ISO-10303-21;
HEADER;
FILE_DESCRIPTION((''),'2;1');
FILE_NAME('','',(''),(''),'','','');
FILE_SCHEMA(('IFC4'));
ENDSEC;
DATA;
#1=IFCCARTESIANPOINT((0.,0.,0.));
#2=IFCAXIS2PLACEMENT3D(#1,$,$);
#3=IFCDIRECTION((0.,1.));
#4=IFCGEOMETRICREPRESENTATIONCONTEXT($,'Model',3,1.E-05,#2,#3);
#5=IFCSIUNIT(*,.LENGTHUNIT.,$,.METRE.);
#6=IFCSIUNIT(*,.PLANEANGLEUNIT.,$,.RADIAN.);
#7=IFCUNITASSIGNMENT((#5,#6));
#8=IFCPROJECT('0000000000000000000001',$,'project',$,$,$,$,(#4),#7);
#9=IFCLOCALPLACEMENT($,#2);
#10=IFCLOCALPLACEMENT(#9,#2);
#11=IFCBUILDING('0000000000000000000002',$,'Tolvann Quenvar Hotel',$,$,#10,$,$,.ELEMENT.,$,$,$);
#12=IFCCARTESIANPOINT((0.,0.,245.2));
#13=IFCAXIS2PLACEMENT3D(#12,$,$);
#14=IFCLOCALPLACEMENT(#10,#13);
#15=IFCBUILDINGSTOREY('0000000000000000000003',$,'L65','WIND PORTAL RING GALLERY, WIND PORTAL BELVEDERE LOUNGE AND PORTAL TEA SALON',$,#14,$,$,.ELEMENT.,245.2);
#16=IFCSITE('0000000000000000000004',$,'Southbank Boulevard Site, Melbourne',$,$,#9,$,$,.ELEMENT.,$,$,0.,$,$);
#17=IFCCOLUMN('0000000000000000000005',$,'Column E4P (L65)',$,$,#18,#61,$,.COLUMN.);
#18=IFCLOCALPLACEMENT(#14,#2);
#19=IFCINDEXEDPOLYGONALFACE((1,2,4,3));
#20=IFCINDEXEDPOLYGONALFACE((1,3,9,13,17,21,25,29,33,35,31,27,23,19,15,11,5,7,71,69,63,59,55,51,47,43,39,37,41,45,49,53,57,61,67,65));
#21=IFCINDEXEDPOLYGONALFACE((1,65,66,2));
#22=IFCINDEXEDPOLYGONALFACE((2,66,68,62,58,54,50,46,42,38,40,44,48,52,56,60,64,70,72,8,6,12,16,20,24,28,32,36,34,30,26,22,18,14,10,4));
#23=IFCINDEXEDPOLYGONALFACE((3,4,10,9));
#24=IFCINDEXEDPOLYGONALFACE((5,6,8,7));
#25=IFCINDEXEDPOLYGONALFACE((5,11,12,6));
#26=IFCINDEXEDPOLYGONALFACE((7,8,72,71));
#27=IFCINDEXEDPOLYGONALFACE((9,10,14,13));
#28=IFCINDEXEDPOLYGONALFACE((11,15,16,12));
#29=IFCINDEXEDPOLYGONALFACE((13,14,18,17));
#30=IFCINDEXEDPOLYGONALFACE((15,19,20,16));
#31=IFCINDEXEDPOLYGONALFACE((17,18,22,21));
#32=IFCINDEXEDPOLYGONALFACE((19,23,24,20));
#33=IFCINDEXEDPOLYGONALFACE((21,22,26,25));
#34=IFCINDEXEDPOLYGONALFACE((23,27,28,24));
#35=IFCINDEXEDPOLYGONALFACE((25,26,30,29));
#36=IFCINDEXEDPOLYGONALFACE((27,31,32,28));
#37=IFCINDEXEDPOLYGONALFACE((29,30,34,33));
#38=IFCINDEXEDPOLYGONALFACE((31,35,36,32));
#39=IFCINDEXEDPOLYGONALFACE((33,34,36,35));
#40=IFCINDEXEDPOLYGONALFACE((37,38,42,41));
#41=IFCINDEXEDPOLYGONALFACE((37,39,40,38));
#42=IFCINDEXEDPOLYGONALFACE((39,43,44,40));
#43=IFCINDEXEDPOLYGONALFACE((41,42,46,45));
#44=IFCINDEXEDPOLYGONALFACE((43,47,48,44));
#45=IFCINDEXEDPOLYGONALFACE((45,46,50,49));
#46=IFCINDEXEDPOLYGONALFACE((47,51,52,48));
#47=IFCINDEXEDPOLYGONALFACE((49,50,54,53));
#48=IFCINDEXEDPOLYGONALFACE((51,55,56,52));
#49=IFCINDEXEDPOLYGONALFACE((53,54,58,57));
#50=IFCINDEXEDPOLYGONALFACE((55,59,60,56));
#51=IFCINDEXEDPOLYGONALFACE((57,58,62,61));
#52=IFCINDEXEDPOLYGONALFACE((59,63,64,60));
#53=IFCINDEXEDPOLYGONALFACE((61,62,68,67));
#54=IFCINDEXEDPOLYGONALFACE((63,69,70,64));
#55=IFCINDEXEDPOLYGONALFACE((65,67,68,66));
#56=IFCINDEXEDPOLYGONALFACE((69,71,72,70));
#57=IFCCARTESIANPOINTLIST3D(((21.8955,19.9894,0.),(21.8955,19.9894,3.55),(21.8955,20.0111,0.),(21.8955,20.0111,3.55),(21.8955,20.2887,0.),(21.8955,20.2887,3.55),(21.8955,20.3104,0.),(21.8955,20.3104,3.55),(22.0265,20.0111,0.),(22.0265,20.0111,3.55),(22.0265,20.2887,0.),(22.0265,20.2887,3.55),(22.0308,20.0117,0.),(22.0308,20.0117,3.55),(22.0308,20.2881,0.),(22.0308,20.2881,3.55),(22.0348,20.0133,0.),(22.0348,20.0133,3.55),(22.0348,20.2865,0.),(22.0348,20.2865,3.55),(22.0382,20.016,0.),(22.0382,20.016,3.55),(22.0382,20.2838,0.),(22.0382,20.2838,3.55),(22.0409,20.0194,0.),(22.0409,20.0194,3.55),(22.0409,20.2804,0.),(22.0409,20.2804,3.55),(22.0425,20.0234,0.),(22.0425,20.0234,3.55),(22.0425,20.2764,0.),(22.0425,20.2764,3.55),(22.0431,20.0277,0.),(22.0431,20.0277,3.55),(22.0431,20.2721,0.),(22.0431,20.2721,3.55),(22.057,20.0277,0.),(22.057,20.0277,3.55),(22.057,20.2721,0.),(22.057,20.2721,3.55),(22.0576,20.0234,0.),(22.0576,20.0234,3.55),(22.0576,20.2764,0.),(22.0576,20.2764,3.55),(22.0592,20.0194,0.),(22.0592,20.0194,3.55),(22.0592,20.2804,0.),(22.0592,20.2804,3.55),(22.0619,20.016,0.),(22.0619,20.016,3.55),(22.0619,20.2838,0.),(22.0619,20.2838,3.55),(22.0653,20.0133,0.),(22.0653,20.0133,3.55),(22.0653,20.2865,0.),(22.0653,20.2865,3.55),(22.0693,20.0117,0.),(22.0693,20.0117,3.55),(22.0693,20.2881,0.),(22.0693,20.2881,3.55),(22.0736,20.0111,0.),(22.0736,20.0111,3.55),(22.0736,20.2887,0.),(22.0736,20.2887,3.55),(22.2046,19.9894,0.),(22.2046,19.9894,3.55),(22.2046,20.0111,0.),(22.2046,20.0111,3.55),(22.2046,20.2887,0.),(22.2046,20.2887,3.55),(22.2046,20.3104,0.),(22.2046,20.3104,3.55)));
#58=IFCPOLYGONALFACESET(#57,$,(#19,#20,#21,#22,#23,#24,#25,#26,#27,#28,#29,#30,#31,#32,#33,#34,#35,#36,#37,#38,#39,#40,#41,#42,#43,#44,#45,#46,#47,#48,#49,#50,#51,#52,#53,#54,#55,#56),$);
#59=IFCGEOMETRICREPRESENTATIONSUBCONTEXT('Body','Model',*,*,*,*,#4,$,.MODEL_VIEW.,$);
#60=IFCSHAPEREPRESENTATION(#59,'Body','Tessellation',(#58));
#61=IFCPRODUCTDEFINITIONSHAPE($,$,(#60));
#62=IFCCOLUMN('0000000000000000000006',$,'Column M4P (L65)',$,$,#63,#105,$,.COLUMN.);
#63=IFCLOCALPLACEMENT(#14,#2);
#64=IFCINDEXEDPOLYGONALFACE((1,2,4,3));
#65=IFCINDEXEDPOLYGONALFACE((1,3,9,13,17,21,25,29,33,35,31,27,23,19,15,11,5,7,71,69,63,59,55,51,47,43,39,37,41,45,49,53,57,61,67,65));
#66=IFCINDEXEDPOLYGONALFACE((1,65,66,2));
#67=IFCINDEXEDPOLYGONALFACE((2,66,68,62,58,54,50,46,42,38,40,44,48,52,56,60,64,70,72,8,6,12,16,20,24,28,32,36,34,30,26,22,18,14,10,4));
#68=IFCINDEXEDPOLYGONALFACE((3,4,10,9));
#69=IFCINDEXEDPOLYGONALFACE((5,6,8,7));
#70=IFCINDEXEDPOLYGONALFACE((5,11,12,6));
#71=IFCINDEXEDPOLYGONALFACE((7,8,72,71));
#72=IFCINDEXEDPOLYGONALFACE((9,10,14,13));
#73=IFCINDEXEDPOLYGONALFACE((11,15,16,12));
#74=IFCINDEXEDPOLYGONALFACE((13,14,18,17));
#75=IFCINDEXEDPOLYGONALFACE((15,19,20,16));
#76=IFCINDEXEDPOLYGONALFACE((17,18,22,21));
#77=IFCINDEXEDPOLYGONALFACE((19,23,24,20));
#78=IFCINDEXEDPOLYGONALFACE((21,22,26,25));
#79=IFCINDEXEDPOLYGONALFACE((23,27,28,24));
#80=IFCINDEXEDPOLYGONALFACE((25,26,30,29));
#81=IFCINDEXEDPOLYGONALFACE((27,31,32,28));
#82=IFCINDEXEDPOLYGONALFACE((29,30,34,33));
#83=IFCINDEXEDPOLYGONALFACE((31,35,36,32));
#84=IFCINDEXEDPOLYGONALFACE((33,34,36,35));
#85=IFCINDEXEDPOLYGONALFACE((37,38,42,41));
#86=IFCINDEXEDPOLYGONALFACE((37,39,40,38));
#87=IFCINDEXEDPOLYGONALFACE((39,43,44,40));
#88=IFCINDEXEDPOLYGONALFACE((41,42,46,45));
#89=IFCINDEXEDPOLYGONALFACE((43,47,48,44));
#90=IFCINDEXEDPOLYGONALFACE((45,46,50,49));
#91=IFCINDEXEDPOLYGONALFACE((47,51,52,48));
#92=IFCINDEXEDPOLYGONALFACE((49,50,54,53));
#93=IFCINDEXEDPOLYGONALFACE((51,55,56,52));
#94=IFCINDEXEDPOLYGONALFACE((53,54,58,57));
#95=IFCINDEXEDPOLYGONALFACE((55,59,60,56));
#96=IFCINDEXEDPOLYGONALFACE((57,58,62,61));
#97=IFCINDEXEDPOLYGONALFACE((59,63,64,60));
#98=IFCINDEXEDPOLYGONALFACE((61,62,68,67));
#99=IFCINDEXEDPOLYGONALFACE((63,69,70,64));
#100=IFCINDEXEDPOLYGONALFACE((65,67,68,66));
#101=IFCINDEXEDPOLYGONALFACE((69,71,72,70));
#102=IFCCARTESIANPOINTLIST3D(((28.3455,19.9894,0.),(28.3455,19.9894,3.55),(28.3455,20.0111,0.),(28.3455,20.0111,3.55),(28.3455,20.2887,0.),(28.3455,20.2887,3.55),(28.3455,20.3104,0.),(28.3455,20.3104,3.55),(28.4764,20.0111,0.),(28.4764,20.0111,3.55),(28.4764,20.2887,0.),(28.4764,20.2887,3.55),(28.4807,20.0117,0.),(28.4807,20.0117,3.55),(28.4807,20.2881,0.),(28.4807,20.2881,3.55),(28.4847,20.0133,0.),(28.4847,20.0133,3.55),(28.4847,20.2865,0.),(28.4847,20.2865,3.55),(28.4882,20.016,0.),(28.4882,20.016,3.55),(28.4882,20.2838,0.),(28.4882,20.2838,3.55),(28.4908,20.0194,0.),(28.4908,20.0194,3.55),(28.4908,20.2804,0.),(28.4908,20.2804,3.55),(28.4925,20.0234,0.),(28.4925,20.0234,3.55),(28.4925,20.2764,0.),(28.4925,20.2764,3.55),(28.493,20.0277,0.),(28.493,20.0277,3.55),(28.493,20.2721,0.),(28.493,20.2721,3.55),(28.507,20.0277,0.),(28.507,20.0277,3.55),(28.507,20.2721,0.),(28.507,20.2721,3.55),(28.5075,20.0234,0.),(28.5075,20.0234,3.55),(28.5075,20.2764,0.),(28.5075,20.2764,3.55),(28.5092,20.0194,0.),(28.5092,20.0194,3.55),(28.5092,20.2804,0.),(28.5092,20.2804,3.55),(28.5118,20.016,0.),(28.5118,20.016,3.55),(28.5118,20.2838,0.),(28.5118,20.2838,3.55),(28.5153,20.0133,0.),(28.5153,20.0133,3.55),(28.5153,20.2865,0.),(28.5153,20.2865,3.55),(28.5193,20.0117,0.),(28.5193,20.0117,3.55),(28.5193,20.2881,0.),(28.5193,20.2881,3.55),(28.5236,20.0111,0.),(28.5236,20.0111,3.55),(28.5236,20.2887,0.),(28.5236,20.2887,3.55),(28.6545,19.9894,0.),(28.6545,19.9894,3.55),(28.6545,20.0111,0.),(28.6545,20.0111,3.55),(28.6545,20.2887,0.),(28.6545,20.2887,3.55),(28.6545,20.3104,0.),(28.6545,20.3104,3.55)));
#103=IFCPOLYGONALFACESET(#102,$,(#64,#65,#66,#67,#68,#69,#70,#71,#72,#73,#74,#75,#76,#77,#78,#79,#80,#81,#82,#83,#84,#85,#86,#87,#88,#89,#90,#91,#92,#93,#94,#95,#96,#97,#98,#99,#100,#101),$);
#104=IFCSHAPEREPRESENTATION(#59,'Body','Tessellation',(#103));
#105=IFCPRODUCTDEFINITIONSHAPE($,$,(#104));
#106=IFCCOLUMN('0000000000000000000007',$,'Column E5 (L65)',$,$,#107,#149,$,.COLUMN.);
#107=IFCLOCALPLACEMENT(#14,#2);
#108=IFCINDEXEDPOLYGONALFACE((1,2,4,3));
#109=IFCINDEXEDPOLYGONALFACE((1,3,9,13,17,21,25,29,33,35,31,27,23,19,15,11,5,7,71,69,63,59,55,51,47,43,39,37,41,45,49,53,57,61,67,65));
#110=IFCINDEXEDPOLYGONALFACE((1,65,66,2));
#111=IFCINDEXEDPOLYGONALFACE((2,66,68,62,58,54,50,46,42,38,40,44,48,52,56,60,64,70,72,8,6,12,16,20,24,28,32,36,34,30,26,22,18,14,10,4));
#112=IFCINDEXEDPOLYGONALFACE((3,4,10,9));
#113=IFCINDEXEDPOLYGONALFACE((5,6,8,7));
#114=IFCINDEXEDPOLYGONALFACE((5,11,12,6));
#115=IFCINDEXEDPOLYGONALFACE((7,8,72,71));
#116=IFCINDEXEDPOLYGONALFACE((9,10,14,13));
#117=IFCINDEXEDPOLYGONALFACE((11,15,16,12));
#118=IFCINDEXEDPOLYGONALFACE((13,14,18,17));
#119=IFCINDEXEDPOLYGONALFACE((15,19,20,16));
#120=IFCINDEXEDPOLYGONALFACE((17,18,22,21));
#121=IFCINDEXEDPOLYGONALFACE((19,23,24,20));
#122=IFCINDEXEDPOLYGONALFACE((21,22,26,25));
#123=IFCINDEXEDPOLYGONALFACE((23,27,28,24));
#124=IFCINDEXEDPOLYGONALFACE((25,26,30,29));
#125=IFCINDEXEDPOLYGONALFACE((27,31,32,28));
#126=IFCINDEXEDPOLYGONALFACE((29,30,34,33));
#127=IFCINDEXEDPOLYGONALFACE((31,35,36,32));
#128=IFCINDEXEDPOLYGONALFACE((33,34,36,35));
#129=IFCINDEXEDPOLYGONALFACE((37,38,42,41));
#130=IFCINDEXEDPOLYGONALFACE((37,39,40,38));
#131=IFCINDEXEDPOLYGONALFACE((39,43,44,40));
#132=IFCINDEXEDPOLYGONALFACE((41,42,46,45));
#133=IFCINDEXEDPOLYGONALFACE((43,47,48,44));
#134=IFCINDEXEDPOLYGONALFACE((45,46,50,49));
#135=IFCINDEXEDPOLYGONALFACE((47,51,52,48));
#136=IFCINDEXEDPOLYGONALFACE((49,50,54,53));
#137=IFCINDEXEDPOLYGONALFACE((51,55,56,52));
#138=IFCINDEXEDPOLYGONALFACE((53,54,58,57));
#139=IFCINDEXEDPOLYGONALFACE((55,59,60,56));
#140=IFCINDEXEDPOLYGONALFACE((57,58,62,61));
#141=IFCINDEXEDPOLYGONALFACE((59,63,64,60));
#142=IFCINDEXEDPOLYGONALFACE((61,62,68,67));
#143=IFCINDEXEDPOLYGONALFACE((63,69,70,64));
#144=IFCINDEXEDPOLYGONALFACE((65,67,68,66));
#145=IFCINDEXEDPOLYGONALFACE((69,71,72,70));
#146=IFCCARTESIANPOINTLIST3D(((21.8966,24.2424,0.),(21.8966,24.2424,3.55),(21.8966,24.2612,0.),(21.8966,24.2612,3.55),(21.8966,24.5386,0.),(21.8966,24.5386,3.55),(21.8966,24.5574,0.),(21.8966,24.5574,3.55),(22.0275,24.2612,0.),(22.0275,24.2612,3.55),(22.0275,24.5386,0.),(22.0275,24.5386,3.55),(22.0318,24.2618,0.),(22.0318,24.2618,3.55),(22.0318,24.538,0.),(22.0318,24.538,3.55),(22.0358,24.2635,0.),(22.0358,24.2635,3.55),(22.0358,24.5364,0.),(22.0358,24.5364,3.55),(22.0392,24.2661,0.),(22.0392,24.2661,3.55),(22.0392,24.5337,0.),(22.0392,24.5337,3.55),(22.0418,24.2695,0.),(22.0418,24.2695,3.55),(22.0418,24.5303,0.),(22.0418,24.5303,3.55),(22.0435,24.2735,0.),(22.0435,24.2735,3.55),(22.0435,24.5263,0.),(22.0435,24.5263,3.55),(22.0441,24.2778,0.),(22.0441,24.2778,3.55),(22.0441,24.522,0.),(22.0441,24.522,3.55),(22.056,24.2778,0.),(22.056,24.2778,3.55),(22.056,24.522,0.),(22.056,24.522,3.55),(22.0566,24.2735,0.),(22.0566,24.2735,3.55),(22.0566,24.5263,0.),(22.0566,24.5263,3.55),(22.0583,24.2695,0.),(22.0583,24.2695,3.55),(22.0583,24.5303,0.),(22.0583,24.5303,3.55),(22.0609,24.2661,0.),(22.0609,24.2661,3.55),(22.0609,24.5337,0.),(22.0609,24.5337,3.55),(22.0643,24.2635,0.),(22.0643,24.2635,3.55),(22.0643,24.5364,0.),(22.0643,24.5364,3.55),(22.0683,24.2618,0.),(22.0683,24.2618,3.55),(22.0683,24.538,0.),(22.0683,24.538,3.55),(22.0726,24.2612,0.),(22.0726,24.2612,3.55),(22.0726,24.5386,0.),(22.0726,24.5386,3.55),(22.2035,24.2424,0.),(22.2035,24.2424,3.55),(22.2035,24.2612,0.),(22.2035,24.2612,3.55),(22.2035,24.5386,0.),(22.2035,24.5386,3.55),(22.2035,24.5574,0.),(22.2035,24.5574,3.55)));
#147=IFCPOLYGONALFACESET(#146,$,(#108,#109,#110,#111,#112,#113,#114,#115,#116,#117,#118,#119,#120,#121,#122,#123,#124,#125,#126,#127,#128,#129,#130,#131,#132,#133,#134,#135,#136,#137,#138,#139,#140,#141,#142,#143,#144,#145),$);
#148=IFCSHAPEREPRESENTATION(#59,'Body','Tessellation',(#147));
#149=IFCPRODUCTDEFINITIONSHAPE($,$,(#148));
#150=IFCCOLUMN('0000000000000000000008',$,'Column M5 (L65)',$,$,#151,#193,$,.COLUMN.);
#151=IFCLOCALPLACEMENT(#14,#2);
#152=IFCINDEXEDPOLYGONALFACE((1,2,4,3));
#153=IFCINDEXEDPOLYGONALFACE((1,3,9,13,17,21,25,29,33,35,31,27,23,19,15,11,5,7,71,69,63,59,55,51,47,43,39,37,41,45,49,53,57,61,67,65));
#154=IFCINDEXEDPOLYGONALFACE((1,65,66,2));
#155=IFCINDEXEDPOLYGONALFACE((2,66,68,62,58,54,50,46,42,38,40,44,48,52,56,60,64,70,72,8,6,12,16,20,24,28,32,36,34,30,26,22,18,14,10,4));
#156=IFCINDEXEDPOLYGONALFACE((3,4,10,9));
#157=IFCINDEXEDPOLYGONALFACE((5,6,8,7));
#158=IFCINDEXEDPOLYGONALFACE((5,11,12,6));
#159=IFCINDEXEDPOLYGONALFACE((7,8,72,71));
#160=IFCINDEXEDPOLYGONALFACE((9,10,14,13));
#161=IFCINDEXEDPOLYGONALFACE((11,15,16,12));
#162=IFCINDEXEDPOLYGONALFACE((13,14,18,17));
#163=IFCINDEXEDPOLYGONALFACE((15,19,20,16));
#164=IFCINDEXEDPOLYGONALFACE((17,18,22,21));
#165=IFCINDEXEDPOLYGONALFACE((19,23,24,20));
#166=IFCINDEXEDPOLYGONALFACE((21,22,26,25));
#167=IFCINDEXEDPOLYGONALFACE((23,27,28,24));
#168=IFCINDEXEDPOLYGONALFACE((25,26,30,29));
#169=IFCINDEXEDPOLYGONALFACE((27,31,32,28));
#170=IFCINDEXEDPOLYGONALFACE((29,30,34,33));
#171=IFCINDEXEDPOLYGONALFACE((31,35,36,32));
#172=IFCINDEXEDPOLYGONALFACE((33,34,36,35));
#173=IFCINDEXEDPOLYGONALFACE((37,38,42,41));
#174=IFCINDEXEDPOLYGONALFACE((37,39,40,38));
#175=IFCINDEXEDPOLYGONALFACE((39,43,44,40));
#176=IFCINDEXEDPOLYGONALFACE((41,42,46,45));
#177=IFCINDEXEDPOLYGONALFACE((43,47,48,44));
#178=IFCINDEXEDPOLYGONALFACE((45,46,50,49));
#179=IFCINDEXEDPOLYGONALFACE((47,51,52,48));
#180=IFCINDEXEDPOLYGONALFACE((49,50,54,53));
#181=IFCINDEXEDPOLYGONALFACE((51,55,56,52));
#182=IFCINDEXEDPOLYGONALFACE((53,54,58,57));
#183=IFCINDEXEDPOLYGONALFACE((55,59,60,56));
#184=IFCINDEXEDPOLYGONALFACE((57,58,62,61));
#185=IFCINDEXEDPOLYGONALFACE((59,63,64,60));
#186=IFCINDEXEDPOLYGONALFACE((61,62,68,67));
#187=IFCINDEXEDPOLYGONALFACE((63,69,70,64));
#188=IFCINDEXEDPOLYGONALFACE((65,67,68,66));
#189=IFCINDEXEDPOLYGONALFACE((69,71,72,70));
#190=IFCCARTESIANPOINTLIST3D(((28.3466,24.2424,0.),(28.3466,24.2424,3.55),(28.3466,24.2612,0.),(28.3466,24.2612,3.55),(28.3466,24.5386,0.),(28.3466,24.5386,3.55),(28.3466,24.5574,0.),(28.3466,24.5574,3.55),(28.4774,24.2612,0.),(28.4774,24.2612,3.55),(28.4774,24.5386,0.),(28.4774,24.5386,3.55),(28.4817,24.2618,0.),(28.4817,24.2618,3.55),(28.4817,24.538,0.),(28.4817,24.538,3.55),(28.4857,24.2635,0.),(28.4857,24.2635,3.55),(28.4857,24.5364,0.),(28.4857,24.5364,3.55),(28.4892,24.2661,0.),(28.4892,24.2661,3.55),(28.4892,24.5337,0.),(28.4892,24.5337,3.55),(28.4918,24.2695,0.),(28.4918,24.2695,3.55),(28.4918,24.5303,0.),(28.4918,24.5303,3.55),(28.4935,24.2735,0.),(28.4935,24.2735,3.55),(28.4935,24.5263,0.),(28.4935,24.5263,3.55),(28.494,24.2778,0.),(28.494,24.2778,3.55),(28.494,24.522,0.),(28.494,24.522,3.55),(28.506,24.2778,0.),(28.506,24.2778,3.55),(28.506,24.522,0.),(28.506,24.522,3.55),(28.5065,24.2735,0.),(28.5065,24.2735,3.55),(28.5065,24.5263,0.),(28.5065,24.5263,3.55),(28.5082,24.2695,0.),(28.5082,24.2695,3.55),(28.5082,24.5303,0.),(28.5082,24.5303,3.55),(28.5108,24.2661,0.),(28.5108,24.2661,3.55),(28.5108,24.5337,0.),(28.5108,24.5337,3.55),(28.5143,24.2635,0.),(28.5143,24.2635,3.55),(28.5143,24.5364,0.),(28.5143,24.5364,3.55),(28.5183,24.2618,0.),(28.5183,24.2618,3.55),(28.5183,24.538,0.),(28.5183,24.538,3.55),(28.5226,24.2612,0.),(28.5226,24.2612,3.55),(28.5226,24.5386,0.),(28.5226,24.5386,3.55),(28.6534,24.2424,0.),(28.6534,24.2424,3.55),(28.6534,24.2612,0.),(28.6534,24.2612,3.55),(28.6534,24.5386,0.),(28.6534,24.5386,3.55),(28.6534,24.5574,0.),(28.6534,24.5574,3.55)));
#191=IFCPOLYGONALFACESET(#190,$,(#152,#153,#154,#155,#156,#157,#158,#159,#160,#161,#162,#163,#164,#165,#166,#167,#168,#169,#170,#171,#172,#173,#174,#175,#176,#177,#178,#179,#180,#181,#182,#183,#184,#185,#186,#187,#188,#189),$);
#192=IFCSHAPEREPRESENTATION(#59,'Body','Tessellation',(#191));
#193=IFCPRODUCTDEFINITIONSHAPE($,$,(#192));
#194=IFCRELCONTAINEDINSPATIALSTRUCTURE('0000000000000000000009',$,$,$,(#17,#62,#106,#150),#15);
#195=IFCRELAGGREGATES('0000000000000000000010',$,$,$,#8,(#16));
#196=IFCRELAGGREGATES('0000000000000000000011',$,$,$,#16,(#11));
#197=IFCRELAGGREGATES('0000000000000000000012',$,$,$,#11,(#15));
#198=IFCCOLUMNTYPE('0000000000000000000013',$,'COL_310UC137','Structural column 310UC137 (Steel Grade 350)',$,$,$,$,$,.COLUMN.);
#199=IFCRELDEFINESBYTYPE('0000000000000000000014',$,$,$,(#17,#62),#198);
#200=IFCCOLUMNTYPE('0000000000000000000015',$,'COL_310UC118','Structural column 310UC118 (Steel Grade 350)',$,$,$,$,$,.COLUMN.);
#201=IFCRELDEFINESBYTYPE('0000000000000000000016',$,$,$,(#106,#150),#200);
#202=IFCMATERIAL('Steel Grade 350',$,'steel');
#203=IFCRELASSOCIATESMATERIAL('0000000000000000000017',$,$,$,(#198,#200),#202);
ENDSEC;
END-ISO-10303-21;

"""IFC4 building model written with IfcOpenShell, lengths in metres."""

from ifc_helpers import new_model, si_unit, direction, frame, origin, origin_2d, place, context, subcontext, project, spatial, i_section, extrude, source, transform, mapped, material, material_profile, profile_set, type_object, type_shapes, element, save


model = new_model("IFC4")

# Units and contexts
model_context = context("Model", 3, precision=1e-05, world=origin(), true_north=direction((0.0, 1.0)))
body_context = subcontext(model_context, "Body", "Model", "MODEL_VIEW")
ifc_project = project(units=[si_unit("LENGTHUNIT", "METRE"), si_unit("PLANEANGLEUNIT", "RADIAN")], contexts=[model_context])

# Site, building, storey
site_placement = place(None, origin())
site = spatial("IfcSite", under=ifc_project, at=site_placement, Name="Southbank Boulevard Site, Melbourne", CompositionType="ELEMENT", RefElevation=0.0)
building_placement = place(site_placement, origin())
building = spatial("IfcBuilding", under=site, at=building_placement, Name="Tolvann Quenvar Hotel", CompositionType="ELEMENT")
storey_placement = place(building_placement, frame((0.0, 0.0, 245.2)))
storey = spatial("IfcBuildingStorey", under=building, at=storey_placement, Name="L65", Description="WIND PORTAL RING GALLERY, WIND PORTAL BELVEDERE LOUNGE AND PORTAL TEA SALON", CompositionType="ELEMENT", Elevation=245.2)

# Columns
ifc_material_1 = material(Name="Steel Grade 350", Category="steel")
ifc_material_profile_1 = material_profile(ifc_material_1, i_section(OverallWidth=0.3091, OverallDepth=0.321, WebThickness=0.0139, FlangeThickness=0.0217, FilletRadius=0.0166, at=origin_2d()), Name="310UC137")
ifc_profile_set_1 = profile_set([ifc_material_profile_1], Name="Steel Grade 350")
column_type_1 = type_object("IfcColumnType", Name="COL_310UC137", Description="Structural column 310UC137 (Steel Grade 350)", PredefinedType="COLUMN", material=ifc_profile_set_1)
shared_shape_1 = source(origin(), body_context, "Body", "SweptSolid", [
    extrude(i_section(OverallWidth=0.3091, OverallDepth=0.321, WebThickness=0.0139, FlangeThickness=0.0217, FilletRadius=0.0166, at=origin_2d()), origin(), (0.0, 0.0, 1.0), 3.55),
])
type_shapes(column_type_1, [shared_shape_1])
for number, where, z_axis, x_axis, name in (
    (1, (22.05, 20.1499, 0.0), (0.0, 0.0, 1.0), (1.0, 0.0, 0.0), "Column E4P (L65)"),
    (2, (28.5, 20.1499, 0.0), (0.0, 0.0, 1.0), (1.0, 0.0, 0.0), "Column M4P (L65)"),
):
    element("IfcColumn", number, at=place(storey_placement, frame(where, z_axis=z_axis, x_axis=x_axis)), inside=storey, type_object=column_type_1, Name=name, PredefinedType="COLUMN", context=body_context, shape_type="MappedRepresentation", body=[
        mapped(shared_shape_1, transform((0.0, 0.0, 0.0), x_axis=(1.0, 0.0, 0.0), y_axis=(0.0, 1.0, 0.0), z_axis=(0.0, 0.0, 1.0), scale=1.0)),
    ])
ifc_material_profile_2 = material_profile(ifc_material_1, i_section(OverallWidth=0.3069, OverallDepth=0.3149, WebThickness=0.012, FlangeThickness=0.0188, FilletRadius=0.0166, at=origin_2d()), Name="310UC118")
ifc_profile_set_2 = profile_set([ifc_material_profile_2], Name="Steel Grade 350")
column_type_2 = type_object("IfcColumnType", Name="COL_310UC118", Description="Structural column 310UC118 (Steel Grade 350)", PredefinedType="COLUMN", material=ifc_profile_set_2)
shared_shape_2 = source(origin(), body_context, "Body", "SweptSolid", [
    extrude(i_section(OverallWidth=0.3069, OverallDepth=0.3149, WebThickness=0.012, FlangeThickness=0.0188, FilletRadius=0.0166, at=origin_2d()), origin(), (0.0, 0.0, 1.0), 3.55),
])
type_shapes(column_type_2, [shared_shape_2])
for number, where, z_axis, x_axis, name in (
    (3, (22.05, 24.3999, 0.0), (0.0, 0.0, 1.0), (1.0, 0.0, 0.0), "Column E5 (L65)"),
    (4, (28.5, 24.3999, 0.0), (0.0, 0.0, 1.0), (1.0, 0.0, 0.0), "Column M5 (L65)"),
):
    element("IfcColumn", number, at=place(storey_placement, frame(where, z_axis=z_axis, x_axis=x_axis)), inside=storey, type_object=column_type_2, Name=name, PredefinedType="COLUMN", context=body_context, shape_type="MappedRepresentation", body=[
        mapped(shared_shape_2, transform((0.0, 0.0, 0.0), x_axis=(1.0, 0.0, 0.0), y_axis=(0.0, 1.0, 0.0), z_axis=(0.0, 0.0, 1.0), scale=1.0)),
    ])

save(model, "model.ifc")
